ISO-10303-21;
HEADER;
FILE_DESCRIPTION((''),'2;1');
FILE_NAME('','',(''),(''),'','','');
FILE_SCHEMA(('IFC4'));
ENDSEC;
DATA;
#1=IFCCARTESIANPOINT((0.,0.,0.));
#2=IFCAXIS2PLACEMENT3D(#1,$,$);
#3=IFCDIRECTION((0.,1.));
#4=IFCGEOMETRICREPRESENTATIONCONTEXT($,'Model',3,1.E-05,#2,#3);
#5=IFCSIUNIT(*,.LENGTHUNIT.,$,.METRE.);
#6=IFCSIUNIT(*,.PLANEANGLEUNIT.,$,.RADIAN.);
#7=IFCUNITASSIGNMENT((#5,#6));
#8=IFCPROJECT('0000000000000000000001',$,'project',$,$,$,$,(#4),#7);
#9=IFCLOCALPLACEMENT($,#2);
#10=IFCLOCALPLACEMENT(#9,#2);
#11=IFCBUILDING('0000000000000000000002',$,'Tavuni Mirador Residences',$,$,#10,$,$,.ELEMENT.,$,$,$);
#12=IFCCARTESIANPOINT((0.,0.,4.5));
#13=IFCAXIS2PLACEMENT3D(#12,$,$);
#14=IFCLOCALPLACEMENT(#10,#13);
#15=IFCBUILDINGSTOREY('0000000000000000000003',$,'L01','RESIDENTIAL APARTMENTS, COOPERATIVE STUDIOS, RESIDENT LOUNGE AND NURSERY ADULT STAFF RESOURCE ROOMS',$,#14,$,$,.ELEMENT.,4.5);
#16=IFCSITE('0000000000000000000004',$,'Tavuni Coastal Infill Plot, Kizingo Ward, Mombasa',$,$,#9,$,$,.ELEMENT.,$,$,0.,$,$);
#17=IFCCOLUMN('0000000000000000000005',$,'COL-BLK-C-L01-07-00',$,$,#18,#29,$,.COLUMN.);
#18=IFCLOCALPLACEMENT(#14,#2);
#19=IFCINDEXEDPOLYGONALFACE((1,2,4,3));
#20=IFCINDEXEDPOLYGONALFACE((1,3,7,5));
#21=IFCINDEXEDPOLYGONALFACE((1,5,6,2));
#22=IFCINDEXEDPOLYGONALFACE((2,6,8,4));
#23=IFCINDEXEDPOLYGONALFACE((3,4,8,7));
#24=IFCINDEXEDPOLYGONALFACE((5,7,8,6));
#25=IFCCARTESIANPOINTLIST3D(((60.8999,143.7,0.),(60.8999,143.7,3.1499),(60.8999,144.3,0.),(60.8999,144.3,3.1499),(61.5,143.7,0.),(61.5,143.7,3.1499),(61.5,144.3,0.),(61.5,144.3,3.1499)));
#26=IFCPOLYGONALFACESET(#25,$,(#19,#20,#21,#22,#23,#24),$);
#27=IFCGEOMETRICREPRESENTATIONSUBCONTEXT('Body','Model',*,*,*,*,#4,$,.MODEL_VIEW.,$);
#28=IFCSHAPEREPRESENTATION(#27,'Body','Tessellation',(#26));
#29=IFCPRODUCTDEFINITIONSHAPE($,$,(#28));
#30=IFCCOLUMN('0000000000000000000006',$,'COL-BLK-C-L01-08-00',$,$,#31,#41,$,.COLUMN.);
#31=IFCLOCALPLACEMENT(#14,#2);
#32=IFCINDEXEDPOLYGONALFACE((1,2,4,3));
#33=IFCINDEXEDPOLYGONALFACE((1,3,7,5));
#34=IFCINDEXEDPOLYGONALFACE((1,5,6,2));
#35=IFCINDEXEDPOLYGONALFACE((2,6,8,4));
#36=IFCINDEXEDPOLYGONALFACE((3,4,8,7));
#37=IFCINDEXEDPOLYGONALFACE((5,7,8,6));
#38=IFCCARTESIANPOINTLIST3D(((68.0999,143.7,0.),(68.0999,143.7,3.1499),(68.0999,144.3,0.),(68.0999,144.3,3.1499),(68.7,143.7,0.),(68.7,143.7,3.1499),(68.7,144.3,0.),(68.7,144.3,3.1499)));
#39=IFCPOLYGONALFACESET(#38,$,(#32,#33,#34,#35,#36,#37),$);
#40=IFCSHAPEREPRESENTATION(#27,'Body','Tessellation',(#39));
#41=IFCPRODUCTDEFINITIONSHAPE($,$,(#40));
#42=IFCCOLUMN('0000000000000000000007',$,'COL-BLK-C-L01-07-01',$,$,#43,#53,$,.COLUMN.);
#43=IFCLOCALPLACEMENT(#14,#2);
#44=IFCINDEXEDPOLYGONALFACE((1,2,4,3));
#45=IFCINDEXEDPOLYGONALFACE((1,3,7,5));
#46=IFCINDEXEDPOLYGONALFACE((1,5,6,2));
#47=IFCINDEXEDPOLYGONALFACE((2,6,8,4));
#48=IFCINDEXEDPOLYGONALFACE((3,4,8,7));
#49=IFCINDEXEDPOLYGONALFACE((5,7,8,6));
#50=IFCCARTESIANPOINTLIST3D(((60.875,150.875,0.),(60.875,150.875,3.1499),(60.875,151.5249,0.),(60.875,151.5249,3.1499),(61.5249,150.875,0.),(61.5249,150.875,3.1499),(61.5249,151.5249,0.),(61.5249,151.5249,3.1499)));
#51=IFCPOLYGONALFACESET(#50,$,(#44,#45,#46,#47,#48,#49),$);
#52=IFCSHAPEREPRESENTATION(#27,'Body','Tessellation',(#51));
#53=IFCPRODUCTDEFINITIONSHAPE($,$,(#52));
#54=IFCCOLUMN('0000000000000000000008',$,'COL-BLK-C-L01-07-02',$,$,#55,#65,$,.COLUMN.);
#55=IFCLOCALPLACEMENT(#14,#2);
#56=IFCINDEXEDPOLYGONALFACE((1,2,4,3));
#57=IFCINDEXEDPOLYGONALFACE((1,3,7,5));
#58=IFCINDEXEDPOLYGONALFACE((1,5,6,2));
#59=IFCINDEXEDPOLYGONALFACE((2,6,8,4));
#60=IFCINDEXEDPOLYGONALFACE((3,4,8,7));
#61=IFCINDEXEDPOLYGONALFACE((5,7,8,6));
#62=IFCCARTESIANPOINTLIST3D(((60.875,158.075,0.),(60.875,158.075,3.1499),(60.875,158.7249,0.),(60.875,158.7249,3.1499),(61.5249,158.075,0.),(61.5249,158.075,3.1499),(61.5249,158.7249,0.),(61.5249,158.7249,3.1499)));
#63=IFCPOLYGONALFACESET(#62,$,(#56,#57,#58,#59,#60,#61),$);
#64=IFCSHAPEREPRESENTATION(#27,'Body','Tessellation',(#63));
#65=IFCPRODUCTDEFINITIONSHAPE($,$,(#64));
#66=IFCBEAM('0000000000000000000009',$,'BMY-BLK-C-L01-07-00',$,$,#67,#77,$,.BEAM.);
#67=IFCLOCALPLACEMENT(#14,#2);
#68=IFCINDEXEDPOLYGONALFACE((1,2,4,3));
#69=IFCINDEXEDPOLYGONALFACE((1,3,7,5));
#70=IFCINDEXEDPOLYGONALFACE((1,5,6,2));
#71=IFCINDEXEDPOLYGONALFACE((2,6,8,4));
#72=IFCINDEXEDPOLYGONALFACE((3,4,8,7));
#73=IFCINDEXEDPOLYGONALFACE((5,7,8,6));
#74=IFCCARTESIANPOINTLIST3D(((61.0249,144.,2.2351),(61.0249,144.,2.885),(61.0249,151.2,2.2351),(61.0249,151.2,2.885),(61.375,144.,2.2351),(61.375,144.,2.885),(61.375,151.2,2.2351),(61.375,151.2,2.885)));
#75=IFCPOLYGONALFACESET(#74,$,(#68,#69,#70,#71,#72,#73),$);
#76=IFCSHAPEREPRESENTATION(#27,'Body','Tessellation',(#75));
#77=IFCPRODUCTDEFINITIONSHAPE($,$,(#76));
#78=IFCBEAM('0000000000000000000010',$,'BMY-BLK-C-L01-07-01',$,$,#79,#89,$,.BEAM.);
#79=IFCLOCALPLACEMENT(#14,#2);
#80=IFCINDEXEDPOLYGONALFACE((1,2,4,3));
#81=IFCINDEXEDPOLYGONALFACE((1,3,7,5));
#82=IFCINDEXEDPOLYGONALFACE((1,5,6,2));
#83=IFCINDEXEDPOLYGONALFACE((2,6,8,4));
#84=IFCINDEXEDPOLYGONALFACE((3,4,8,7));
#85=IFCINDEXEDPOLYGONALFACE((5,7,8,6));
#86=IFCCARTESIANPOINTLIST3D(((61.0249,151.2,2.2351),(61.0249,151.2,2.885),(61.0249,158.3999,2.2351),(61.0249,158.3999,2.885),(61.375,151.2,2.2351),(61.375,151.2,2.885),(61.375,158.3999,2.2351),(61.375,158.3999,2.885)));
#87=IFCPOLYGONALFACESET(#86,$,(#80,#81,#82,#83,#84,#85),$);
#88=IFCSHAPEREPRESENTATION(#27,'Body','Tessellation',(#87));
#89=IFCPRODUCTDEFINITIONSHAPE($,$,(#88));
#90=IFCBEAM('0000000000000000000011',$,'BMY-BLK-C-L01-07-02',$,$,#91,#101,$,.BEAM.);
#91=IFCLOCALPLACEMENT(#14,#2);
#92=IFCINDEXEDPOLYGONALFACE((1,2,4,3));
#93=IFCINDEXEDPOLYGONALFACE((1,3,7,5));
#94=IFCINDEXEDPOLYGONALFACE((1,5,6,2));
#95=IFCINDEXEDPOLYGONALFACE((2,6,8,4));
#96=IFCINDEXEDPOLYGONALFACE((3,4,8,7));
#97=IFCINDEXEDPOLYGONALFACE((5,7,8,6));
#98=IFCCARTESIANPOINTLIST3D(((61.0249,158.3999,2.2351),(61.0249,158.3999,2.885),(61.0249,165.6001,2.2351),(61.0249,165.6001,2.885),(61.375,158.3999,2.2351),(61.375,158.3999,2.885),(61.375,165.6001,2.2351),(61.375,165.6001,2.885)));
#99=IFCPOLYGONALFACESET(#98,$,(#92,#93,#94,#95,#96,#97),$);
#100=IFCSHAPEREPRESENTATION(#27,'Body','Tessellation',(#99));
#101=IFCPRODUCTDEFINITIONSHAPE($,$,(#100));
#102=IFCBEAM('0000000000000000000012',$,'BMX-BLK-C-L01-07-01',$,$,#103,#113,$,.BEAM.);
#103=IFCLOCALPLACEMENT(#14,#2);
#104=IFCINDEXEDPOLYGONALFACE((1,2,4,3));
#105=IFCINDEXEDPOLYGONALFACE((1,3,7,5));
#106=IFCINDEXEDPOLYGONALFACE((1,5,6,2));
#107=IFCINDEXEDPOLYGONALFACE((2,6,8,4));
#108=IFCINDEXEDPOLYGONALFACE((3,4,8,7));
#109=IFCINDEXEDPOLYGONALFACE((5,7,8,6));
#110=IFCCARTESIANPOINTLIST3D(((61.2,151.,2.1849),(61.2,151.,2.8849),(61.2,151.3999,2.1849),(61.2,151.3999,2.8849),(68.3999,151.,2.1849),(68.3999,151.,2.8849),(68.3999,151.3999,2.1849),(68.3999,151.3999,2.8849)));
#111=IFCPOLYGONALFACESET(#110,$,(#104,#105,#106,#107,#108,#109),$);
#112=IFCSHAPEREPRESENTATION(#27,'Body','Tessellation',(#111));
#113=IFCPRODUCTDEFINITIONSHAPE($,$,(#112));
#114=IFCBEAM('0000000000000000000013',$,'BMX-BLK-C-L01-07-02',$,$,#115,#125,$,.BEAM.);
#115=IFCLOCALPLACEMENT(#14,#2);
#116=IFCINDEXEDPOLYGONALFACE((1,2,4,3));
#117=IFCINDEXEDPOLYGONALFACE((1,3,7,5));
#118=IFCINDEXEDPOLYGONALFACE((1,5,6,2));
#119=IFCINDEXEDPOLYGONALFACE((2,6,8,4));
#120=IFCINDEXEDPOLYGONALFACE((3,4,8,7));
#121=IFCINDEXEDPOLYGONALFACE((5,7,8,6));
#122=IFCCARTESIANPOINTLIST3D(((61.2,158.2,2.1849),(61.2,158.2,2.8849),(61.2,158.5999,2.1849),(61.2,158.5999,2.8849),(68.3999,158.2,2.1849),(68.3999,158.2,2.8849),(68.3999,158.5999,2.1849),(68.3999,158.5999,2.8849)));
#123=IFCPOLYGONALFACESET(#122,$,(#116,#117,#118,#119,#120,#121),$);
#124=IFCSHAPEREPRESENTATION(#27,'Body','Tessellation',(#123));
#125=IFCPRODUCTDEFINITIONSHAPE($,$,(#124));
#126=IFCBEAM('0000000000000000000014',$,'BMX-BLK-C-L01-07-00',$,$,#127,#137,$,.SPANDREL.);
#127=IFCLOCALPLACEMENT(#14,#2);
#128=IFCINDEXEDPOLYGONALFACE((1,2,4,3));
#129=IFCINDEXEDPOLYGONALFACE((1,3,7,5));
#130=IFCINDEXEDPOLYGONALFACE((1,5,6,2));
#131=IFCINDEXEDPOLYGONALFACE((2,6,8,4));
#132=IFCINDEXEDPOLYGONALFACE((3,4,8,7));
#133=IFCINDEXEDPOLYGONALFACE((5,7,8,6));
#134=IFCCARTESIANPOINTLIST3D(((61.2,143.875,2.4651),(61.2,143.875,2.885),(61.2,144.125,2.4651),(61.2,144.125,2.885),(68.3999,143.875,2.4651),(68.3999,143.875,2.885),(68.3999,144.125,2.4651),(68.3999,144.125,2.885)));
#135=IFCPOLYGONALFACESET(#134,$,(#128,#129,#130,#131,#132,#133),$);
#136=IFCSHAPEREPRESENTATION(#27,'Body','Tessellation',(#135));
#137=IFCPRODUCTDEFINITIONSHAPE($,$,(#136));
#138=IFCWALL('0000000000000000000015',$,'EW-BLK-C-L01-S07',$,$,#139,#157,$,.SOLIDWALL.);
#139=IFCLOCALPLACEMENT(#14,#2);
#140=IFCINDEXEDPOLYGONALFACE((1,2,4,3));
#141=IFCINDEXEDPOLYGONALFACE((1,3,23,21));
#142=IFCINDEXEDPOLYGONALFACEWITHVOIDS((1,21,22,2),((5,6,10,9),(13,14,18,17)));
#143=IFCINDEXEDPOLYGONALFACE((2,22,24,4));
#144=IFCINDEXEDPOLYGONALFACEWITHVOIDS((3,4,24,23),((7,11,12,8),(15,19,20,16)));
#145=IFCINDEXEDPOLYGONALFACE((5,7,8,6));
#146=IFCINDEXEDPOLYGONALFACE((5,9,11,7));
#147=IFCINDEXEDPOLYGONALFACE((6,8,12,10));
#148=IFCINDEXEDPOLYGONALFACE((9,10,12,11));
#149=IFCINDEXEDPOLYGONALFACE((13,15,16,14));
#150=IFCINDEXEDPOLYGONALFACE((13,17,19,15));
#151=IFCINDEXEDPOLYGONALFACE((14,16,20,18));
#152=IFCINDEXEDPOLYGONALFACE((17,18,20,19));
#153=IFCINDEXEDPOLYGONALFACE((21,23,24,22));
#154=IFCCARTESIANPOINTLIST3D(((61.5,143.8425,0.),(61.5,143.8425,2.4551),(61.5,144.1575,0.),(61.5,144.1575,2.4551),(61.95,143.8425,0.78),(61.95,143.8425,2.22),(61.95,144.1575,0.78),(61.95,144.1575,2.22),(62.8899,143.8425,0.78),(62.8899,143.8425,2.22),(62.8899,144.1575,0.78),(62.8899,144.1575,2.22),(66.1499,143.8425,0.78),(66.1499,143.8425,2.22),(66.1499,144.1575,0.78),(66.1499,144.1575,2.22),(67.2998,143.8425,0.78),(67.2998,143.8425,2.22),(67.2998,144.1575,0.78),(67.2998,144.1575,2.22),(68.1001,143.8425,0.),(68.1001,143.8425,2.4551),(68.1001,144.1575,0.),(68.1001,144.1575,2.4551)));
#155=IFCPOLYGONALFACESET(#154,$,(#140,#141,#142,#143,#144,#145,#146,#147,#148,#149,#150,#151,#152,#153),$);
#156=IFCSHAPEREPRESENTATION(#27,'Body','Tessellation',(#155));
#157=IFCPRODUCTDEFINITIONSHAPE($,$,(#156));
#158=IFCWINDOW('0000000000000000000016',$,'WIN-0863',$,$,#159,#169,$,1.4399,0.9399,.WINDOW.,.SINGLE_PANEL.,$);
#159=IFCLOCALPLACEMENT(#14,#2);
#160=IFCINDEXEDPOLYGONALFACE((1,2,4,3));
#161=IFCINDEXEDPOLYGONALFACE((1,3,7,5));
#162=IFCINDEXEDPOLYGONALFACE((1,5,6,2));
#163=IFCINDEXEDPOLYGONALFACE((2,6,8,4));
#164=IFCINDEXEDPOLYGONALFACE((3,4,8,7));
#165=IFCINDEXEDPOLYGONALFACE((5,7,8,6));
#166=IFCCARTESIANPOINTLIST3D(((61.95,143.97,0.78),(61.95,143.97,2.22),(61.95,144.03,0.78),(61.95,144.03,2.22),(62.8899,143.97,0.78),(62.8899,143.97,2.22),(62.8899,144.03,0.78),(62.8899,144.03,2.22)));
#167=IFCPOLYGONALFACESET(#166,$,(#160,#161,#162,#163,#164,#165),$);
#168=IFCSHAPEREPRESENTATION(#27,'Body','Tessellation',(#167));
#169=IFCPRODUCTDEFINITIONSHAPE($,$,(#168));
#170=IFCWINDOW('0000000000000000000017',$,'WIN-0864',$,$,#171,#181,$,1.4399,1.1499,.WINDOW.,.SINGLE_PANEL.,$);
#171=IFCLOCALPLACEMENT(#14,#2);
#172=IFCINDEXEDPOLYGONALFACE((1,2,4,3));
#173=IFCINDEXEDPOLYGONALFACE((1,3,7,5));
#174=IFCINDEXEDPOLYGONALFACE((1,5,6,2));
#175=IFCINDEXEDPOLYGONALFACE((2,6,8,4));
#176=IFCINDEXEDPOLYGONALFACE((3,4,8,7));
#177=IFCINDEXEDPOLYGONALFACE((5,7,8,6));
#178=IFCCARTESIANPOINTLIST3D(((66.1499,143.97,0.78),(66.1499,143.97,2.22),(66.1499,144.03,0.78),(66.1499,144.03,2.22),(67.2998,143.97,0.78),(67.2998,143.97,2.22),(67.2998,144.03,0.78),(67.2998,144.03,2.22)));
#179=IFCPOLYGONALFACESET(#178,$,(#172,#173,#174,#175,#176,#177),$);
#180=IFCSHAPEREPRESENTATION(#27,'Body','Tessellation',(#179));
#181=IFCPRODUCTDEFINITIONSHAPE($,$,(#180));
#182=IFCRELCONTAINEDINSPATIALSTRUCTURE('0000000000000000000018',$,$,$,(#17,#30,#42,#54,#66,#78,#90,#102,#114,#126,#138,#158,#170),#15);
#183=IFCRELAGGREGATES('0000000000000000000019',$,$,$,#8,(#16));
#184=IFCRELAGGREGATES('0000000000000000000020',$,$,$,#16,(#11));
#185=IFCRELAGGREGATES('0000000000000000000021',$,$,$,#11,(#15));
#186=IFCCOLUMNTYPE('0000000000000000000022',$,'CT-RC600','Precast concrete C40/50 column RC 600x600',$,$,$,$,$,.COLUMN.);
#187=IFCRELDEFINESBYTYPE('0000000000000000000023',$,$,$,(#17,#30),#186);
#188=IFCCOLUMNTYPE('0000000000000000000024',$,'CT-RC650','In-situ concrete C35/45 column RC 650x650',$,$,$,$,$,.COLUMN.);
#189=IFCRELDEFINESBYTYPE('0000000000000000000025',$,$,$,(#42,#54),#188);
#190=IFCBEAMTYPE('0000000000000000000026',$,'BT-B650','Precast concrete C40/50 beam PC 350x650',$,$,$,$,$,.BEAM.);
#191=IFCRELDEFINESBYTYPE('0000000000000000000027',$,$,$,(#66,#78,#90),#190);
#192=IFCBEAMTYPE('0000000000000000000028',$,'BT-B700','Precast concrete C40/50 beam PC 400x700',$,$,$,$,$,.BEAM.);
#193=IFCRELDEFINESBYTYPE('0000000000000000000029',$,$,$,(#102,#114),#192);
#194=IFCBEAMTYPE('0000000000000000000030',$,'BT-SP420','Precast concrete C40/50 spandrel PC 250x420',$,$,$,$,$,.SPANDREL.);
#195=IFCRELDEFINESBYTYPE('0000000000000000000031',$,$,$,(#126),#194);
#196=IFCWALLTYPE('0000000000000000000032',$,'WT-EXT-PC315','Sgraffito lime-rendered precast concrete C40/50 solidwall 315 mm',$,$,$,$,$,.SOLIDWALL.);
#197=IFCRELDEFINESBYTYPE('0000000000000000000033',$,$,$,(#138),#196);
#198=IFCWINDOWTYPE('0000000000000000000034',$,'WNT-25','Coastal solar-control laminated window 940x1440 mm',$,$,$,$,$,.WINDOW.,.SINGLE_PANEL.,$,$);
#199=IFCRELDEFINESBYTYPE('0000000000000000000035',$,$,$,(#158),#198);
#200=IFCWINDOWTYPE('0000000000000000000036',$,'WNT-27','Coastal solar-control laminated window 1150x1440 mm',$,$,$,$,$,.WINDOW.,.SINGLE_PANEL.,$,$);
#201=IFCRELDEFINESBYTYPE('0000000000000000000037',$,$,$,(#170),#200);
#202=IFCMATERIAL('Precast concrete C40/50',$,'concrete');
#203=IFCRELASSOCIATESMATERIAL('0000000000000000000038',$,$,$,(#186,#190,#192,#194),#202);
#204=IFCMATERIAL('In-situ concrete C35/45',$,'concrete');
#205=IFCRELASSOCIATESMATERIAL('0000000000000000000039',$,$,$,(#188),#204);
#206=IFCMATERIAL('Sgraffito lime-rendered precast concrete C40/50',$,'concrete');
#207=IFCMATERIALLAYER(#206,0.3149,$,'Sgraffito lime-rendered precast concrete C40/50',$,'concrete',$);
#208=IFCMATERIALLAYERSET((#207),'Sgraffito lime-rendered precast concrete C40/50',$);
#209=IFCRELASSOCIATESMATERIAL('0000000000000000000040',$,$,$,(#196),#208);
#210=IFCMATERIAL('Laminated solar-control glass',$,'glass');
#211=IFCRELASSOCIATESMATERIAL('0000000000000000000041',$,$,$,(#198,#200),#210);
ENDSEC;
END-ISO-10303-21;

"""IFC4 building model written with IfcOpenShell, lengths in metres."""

from ifc_helpers import new_model, si_unit, direction, frame, frame_2d, origin, origin_2d, place, context, subcontext, project, spatial, rectangle, extrude, material, layer, layer_set, material_profile, profile_set, type_object, element, fill, save


model = new_model("IFC4")

# Units and contexts
model_context = context("Model", 3, precision=1e-05, world=origin(), true_north=direction((0.0, 1.0)))
body_context = subcontext(model_context, "Body", "Model", "MODEL_VIEW")
ifc_project = project(units=[si_unit("LENGTHUNIT", "METRE"), si_unit("PLANEANGLEUNIT", "RADIAN")], contexts=[model_context])

# Site, building, storey
site_placement = place(None, origin())
site = spatial("IfcSite", under=ifc_project, at=site_placement, Name="Tavuni Coastal Infill Plot, Kizingo Ward, Mombasa", CompositionType="ELEMENT", RefElevation=0.0)
building_placement = place(site_placement, origin())
building = spatial("IfcBuilding", under=site, at=building_placement, Name="Tavuni Mirador Residences", CompositionType="ELEMENT")
storey_placement = place(building_placement, frame((0.0, 0.0, 4.5)))
storey = spatial("IfcBuildingStorey", under=building, at=storey_placement, Name="L01", Description="RESIDENTIAL APARTMENTS, COOPERATIVE STUDIOS, RESIDENT LOUNGE AND NURSERY ADULT STAFF RESOURCE ROOMS", CompositionType="ELEMENT", Elevation=4.5)

# Columns
ifc_material_1 = material(Name="Precast concrete C40/50", Category="concrete")
ifc_material_profile_1 = material_profile(ifc_material_1, rectangle(XDim=0.6001, YDim=0.6001, at=origin_2d()), Name="RC 600x600", Category="concrete")
ifc_profile_set_1 = profile_set([ifc_material_profile_1], Name="Precast concrete C40/50")
column_type_1 = type_object("IfcColumnType", Name="CT-RC600", Description="Precast concrete C40/50 column RC 600x600", PredefinedType="COLUMN", material=ifc_profile_set_1)
for number, where, z_axis, x_axis, name in (
    (1, (61.2, 144.0, 0.0), (0.0, 0.0, 1.0), (1.0, 0.0, 0.0), "COL-BLK-C-L01-07-00"),
    (2, (68.3999, 144.0, 0.0), (0.0, 0.0, 1.0), (1.0, 0.0, 0.0), "COL-BLK-C-L01-08-00"),
):
    element("IfcColumn", number, at=place(storey_placement, frame(where, z_axis=z_axis, x_axis=x_axis)), inside=storey, type_object=column_type_1, Name=name, PredefinedType="COLUMN", context=body_context, shape_type="SweptSolid", body=[
        extrude(rectangle(XDim=0.6001, YDim=0.6001, at=origin_2d()), origin(), (0.0, 0.0, 1.0), 3.1499),
    ])
ifc_material_2 = material(Name="In-situ concrete C35/45", Category="concrete")
ifc_material_profile_2 = material_profile(ifc_material_2, rectangle(XDim=0.6499, YDim=0.6499, at=origin_2d()), Name="RC 650x650", Category="concrete")
ifc_profile_set_2 = profile_set([ifc_material_profile_2], Name="In-situ concrete C35/45")
column_type_2 = type_object("IfcColumnType", Name="CT-RC650", Description="In-situ concrete C35/45 column RC 650x650", PredefinedType="COLUMN", material=ifc_profile_set_2)
for number, where, z_axis, x_axis, name in (
    (3, (61.2, 151.2, 0.0), (0.0, 0.0, 1.0), (1.0, 0.0, 0.0), "COL-BLK-C-L01-07-01"),
    (4, (61.2, 158.3999, 0.0), (0.0, 0.0, 1.0), (1.0, 0.0, 0.0), "COL-BLK-C-L01-07-02"),
):
    element("IfcColumn", number, at=place(storey_placement, frame(where, z_axis=z_axis, x_axis=x_axis)), inside=storey, type_object=column_type_2, Name=name, PredefinedType="COLUMN", context=body_context, shape_type="SweptSolid", body=[
        extrude(rectangle(XDim=0.6499, YDim=0.6499, at=origin_2d()), origin(), (0.0, 0.0, 1.0), 3.1499),
    ])

# Beams
ifc_material_profile_3 = material_profile(ifc_material_1, rectangle(XDim=0.3501, YDim=0.6499, at=origin_2d()), Name="PC 350x650", Category="concrete")
ifc_profile_set_3 = profile_set([ifc_material_profile_3], Name="Precast concrete C40/50")
beam_type_1 = type_object("IfcBeamType", Name="BT-B650", Description="Precast concrete C40/50 beam PC 350x650", PredefinedType="BEAM", material=ifc_profile_set_3)
for number, where, z_axis, x_axis, name in (
    (5, (61.2, 144.0, 2.5601), (0.0, 1.0, 0.0), (-1.0, 0.0, 0.0), "BMY-BLK-C-L01-07-00"),
    (6, (61.2, 151.2, 2.5601), (0.0, 1.0, 0.0), (-1.0, 0.0, 0.0), "BMY-BLK-C-L01-07-01"),
):
    element("IfcBeam", number, at=place(storey_placement, frame(where, z_axis=z_axis, x_axis=x_axis)), inside=storey, type_object=beam_type_1, Name=name, PredefinedType="BEAM", context=body_context, shape_type="SweptSolid", body=[
        extrude(rectangle(XDim=0.3501, YDim=0.6499, at=origin_2d()), origin(), (0.0, 0.0, 1.0), 7.2),
    ])
beam_1_placement = place(storey_placement, frame((61.2, 158.3999, 2.5601), z_axis=(0.0, 1.0, 0.0), x_axis=(-1.0, 0.0, 0.0)))
element("IfcBeam", 7, at=beam_1_placement, inside=storey, type_object=beam_type_1, Name="BMY-BLK-C-L01-07-02", PredefinedType="BEAM", context=body_context, shape_type="SweptSolid", body=[
    extrude(rectangle(XDim=0.3501, YDim=0.6499, at=origin_2d()), origin(), (0.0, 0.0, 1.0), 7.2002),
])
ifc_material_profile_4 = material_profile(ifc_material_1, rectangle(XDim=0.3999, YDim=0.7, at=origin_2d()), Name="PC 400x700", Category="concrete")
ifc_profile_set_4 = profile_set([ifc_material_profile_4], Name="Precast concrete C40/50")
beam_type_2 = type_object("IfcBeamType", Name="BT-B700", Description="Precast concrete C40/50 beam PC 400x700", PredefinedType="BEAM", material=ifc_profile_set_4)
for number, where, z_axis, x_axis, name in (
    (8, (61.2, 151.2, 2.5349), (1.0, 0.0, 0.0), (0.0, 1.0, 0.0), "BMX-BLK-C-L01-07-01"),
    (9, (61.2, 158.3999, 2.5349), (1.0, 0.0, 0.0), (0.0, 1.0, 0.0), "BMX-BLK-C-L01-07-02"),
):
    element("IfcBeam", number, at=place(storey_placement, frame(where, z_axis=z_axis, x_axis=x_axis)), inside=storey, type_object=beam_type_2, Name=name, PredefinedType="BEAM", context=body_context, shape_type="SweptSolid", body=[
        extrude(rectangle(XDim=0.3999, YDim=0.7, at=origin_2d()), origin(), (0.0, 0.0, 1.0), 7.2),
    ])
ifc_material_profile_5 = material_profile(ifc_material_1, rectangle(XDim=0.25, YDim=0.4199, at=origin_2d()), Name="PC 250x420", Category="concrete")
ifc_profile_set_5 = profile_set([ifc_material_profile_5], Name="Precast concrete C40/50")
beam_type_3 = type_object("IfcBeamType", Name="BT-SP420", Description="Precast concrete C40/50 spandrel PC 250x420", PredefinedType="SPANDREL", material=ifc_profile_set_5)
beam_2_placement = place(storey_placement, frame((61.2, 144.0, 2.675), z_axis=(1.0, 0.0, 0.0), x_axis=(0.0, 1.0, 0.0)))
element("IfcBeam", 10, at=beam_2_placement, inside=storey, type_object=beam_type_3, Name="BMX-BLK-C-L01-07-00", PredefinedType="SPANDREL", context=body_context, shape_type="SweptSolid", body=[
    extrude(rectangle(XDim=0.25, YDim=0.4199, at=origin_2d()), origin(), (0.0, 0.0, 1.0), 7.2),
])

# Wall, openings, windows
ifc_material_3 = material(Name="Sgraffito lime-rendered precast concrete C40/50", Category="concrete")
ifc_layer_1 = layer(ifc_material_3, 0.3149, Name="Sgraffito lime-rendered precast concrete C40/50", Category="concrete")
ifc_layer_set_1 = layer_set([ifc_layer_1], Name="Sgraffito lime-rendered precast concrete C40/50")
wall_type_1 = type_object("IfcWallType", Name="WT-EXT-PC315", Description="Sgraffito lime-rendered precast concrete C40/50 solidwall 315 mm", PredefinedType="SOLIDWALL", material=ifc_layer_set_1)
wall_1_placement = place(storey_placement, frame((61.5, 144.0, 0.0), z_axis=(0.0, 0.0, 1.0), x_axis=(1.0, 0.0, 0.0)))
wall_1 = element("IfcWall", 11, at=wall_1_placement, inside=storey, type_object=wall_type_1, Name="EW-BLK-C-L01-S07", PredefinedType="SOLIDWALL", context=body_context, shape_type="SweptSolid", body=[
    extrude(rectangle(XDim=6.6001, YDim=0.3149, at=frame_2d((3.3, 0.0))), origin(), (0.0, 0.0, 1.0), 2.4551),
])
opening_1_placement = place(wall_1_placement, frame((0.45, 0.0, 0.78)))
opening_1 = element("IfcOpeningElement", 12, at=opening_1_placement, cuts=wall_1, PredefinedType="OPENING", context=body_context, shape_type="SweptSolid", body=[
    extrude(rectangle(XDim=0.9399, YDim=1.4399, at=frame_2d((0.47, 0.72))), frame((0.0, 0.1675, 0.0), z_axis=(0.0, -1.0, 0.0), x_axis=(1.0, 0.0, 0.0)), (0.0, 0.0, 1.0), 0.335),
])
opening_2_placement = place(wall_1_placement, frame((4.6499, 0.0, 0.78)))
opening_2 = element("IfcOpeningElement", 13, at=opening_2_placement, cuts=wall_1, PredefinedType="OPENING", context=body_context, shape_type="SweptSolid", body=[
    extrude(rectangle(XDim=1.1499, YDim=1.4399, at=frame_2d((0.575, 0.72))), frame((0.0, 0.1675, 0.0), z_axis=(0.0, -1.0, 0.0), x_axis=(1.0, 0.0, 0.0)), (0.0, 0.0, 1.0), 0.335),
])
ifc_material_4 = material(Name="Laminated solar-control glass", Category="glass")
window_type_1 = type_object("IfcWindowType", Name="WNT-25", Description="Coastal solar-control laminated window 940x1440 mm", PartitioningType="SINGLE_PANEL", PredefinedType="WINDOW", material=ifc_material_4)
window_1_placement = place(opening_1_placement, origin())
window_1 = element("IfcWindow", 14, at=window_1_placement, inside=storey, type_object=window_type_1, Name="WIN-0863", OverallHeight=1.4399, OverallWidth=0.9399, PartitioningType="SINGLE_PANEL", PredefinedType="WINDOW", context=body_context, shape_type="SweptSolid", body=[
    extrude(rectangle(XDim=0.9399, YDim=1.4399, at=frame_2d((0.47, 0.72))), frame((0.0, 0.03, 0.0), z_axis=(0.0, -1.0, 0.0), x_axis=(1.0, 0.0, 0.0)), (0.0, 0.0, 1.0), 0.0601),
])
fill(opening_1, window_1)
window_type_2 = type_object("IfcWindowType", Name="WNT-27", Description="Coastal solar-control laminated window 1150x1440 mm", PartitioningType="SINGLE_PANEL", PredefinedType="WINDOW", material=ifc_material_4)
window_2_placement = place(opening_2_placement, origin())
window_2 = element("IfcWindow", 15, at=window_2_placement, inside=storey, type_object=window_type_2, Name="WIN-0864", OverallHeight=1.4399, OverallWidth=1.1499, PartitioningType="SINGLE_PANEL", PredefinedType="WINDOW", context=body_context, shape_type="SweptSolid", body=[
    extrude(rectangle(XDim=1.1499, YDim=1.4399, at=frame_2d((0.575, 0.72))), frame((0.0, 0.03, 0.0), z_axis=(0.0, -1.0, 0.0), x_axis=(1.0, 0.0, 0.0)), (0.0, 0.0, 1.0), 0.0601),
])
fill(opening_2, window_2)

save(model, "model.ifc")
